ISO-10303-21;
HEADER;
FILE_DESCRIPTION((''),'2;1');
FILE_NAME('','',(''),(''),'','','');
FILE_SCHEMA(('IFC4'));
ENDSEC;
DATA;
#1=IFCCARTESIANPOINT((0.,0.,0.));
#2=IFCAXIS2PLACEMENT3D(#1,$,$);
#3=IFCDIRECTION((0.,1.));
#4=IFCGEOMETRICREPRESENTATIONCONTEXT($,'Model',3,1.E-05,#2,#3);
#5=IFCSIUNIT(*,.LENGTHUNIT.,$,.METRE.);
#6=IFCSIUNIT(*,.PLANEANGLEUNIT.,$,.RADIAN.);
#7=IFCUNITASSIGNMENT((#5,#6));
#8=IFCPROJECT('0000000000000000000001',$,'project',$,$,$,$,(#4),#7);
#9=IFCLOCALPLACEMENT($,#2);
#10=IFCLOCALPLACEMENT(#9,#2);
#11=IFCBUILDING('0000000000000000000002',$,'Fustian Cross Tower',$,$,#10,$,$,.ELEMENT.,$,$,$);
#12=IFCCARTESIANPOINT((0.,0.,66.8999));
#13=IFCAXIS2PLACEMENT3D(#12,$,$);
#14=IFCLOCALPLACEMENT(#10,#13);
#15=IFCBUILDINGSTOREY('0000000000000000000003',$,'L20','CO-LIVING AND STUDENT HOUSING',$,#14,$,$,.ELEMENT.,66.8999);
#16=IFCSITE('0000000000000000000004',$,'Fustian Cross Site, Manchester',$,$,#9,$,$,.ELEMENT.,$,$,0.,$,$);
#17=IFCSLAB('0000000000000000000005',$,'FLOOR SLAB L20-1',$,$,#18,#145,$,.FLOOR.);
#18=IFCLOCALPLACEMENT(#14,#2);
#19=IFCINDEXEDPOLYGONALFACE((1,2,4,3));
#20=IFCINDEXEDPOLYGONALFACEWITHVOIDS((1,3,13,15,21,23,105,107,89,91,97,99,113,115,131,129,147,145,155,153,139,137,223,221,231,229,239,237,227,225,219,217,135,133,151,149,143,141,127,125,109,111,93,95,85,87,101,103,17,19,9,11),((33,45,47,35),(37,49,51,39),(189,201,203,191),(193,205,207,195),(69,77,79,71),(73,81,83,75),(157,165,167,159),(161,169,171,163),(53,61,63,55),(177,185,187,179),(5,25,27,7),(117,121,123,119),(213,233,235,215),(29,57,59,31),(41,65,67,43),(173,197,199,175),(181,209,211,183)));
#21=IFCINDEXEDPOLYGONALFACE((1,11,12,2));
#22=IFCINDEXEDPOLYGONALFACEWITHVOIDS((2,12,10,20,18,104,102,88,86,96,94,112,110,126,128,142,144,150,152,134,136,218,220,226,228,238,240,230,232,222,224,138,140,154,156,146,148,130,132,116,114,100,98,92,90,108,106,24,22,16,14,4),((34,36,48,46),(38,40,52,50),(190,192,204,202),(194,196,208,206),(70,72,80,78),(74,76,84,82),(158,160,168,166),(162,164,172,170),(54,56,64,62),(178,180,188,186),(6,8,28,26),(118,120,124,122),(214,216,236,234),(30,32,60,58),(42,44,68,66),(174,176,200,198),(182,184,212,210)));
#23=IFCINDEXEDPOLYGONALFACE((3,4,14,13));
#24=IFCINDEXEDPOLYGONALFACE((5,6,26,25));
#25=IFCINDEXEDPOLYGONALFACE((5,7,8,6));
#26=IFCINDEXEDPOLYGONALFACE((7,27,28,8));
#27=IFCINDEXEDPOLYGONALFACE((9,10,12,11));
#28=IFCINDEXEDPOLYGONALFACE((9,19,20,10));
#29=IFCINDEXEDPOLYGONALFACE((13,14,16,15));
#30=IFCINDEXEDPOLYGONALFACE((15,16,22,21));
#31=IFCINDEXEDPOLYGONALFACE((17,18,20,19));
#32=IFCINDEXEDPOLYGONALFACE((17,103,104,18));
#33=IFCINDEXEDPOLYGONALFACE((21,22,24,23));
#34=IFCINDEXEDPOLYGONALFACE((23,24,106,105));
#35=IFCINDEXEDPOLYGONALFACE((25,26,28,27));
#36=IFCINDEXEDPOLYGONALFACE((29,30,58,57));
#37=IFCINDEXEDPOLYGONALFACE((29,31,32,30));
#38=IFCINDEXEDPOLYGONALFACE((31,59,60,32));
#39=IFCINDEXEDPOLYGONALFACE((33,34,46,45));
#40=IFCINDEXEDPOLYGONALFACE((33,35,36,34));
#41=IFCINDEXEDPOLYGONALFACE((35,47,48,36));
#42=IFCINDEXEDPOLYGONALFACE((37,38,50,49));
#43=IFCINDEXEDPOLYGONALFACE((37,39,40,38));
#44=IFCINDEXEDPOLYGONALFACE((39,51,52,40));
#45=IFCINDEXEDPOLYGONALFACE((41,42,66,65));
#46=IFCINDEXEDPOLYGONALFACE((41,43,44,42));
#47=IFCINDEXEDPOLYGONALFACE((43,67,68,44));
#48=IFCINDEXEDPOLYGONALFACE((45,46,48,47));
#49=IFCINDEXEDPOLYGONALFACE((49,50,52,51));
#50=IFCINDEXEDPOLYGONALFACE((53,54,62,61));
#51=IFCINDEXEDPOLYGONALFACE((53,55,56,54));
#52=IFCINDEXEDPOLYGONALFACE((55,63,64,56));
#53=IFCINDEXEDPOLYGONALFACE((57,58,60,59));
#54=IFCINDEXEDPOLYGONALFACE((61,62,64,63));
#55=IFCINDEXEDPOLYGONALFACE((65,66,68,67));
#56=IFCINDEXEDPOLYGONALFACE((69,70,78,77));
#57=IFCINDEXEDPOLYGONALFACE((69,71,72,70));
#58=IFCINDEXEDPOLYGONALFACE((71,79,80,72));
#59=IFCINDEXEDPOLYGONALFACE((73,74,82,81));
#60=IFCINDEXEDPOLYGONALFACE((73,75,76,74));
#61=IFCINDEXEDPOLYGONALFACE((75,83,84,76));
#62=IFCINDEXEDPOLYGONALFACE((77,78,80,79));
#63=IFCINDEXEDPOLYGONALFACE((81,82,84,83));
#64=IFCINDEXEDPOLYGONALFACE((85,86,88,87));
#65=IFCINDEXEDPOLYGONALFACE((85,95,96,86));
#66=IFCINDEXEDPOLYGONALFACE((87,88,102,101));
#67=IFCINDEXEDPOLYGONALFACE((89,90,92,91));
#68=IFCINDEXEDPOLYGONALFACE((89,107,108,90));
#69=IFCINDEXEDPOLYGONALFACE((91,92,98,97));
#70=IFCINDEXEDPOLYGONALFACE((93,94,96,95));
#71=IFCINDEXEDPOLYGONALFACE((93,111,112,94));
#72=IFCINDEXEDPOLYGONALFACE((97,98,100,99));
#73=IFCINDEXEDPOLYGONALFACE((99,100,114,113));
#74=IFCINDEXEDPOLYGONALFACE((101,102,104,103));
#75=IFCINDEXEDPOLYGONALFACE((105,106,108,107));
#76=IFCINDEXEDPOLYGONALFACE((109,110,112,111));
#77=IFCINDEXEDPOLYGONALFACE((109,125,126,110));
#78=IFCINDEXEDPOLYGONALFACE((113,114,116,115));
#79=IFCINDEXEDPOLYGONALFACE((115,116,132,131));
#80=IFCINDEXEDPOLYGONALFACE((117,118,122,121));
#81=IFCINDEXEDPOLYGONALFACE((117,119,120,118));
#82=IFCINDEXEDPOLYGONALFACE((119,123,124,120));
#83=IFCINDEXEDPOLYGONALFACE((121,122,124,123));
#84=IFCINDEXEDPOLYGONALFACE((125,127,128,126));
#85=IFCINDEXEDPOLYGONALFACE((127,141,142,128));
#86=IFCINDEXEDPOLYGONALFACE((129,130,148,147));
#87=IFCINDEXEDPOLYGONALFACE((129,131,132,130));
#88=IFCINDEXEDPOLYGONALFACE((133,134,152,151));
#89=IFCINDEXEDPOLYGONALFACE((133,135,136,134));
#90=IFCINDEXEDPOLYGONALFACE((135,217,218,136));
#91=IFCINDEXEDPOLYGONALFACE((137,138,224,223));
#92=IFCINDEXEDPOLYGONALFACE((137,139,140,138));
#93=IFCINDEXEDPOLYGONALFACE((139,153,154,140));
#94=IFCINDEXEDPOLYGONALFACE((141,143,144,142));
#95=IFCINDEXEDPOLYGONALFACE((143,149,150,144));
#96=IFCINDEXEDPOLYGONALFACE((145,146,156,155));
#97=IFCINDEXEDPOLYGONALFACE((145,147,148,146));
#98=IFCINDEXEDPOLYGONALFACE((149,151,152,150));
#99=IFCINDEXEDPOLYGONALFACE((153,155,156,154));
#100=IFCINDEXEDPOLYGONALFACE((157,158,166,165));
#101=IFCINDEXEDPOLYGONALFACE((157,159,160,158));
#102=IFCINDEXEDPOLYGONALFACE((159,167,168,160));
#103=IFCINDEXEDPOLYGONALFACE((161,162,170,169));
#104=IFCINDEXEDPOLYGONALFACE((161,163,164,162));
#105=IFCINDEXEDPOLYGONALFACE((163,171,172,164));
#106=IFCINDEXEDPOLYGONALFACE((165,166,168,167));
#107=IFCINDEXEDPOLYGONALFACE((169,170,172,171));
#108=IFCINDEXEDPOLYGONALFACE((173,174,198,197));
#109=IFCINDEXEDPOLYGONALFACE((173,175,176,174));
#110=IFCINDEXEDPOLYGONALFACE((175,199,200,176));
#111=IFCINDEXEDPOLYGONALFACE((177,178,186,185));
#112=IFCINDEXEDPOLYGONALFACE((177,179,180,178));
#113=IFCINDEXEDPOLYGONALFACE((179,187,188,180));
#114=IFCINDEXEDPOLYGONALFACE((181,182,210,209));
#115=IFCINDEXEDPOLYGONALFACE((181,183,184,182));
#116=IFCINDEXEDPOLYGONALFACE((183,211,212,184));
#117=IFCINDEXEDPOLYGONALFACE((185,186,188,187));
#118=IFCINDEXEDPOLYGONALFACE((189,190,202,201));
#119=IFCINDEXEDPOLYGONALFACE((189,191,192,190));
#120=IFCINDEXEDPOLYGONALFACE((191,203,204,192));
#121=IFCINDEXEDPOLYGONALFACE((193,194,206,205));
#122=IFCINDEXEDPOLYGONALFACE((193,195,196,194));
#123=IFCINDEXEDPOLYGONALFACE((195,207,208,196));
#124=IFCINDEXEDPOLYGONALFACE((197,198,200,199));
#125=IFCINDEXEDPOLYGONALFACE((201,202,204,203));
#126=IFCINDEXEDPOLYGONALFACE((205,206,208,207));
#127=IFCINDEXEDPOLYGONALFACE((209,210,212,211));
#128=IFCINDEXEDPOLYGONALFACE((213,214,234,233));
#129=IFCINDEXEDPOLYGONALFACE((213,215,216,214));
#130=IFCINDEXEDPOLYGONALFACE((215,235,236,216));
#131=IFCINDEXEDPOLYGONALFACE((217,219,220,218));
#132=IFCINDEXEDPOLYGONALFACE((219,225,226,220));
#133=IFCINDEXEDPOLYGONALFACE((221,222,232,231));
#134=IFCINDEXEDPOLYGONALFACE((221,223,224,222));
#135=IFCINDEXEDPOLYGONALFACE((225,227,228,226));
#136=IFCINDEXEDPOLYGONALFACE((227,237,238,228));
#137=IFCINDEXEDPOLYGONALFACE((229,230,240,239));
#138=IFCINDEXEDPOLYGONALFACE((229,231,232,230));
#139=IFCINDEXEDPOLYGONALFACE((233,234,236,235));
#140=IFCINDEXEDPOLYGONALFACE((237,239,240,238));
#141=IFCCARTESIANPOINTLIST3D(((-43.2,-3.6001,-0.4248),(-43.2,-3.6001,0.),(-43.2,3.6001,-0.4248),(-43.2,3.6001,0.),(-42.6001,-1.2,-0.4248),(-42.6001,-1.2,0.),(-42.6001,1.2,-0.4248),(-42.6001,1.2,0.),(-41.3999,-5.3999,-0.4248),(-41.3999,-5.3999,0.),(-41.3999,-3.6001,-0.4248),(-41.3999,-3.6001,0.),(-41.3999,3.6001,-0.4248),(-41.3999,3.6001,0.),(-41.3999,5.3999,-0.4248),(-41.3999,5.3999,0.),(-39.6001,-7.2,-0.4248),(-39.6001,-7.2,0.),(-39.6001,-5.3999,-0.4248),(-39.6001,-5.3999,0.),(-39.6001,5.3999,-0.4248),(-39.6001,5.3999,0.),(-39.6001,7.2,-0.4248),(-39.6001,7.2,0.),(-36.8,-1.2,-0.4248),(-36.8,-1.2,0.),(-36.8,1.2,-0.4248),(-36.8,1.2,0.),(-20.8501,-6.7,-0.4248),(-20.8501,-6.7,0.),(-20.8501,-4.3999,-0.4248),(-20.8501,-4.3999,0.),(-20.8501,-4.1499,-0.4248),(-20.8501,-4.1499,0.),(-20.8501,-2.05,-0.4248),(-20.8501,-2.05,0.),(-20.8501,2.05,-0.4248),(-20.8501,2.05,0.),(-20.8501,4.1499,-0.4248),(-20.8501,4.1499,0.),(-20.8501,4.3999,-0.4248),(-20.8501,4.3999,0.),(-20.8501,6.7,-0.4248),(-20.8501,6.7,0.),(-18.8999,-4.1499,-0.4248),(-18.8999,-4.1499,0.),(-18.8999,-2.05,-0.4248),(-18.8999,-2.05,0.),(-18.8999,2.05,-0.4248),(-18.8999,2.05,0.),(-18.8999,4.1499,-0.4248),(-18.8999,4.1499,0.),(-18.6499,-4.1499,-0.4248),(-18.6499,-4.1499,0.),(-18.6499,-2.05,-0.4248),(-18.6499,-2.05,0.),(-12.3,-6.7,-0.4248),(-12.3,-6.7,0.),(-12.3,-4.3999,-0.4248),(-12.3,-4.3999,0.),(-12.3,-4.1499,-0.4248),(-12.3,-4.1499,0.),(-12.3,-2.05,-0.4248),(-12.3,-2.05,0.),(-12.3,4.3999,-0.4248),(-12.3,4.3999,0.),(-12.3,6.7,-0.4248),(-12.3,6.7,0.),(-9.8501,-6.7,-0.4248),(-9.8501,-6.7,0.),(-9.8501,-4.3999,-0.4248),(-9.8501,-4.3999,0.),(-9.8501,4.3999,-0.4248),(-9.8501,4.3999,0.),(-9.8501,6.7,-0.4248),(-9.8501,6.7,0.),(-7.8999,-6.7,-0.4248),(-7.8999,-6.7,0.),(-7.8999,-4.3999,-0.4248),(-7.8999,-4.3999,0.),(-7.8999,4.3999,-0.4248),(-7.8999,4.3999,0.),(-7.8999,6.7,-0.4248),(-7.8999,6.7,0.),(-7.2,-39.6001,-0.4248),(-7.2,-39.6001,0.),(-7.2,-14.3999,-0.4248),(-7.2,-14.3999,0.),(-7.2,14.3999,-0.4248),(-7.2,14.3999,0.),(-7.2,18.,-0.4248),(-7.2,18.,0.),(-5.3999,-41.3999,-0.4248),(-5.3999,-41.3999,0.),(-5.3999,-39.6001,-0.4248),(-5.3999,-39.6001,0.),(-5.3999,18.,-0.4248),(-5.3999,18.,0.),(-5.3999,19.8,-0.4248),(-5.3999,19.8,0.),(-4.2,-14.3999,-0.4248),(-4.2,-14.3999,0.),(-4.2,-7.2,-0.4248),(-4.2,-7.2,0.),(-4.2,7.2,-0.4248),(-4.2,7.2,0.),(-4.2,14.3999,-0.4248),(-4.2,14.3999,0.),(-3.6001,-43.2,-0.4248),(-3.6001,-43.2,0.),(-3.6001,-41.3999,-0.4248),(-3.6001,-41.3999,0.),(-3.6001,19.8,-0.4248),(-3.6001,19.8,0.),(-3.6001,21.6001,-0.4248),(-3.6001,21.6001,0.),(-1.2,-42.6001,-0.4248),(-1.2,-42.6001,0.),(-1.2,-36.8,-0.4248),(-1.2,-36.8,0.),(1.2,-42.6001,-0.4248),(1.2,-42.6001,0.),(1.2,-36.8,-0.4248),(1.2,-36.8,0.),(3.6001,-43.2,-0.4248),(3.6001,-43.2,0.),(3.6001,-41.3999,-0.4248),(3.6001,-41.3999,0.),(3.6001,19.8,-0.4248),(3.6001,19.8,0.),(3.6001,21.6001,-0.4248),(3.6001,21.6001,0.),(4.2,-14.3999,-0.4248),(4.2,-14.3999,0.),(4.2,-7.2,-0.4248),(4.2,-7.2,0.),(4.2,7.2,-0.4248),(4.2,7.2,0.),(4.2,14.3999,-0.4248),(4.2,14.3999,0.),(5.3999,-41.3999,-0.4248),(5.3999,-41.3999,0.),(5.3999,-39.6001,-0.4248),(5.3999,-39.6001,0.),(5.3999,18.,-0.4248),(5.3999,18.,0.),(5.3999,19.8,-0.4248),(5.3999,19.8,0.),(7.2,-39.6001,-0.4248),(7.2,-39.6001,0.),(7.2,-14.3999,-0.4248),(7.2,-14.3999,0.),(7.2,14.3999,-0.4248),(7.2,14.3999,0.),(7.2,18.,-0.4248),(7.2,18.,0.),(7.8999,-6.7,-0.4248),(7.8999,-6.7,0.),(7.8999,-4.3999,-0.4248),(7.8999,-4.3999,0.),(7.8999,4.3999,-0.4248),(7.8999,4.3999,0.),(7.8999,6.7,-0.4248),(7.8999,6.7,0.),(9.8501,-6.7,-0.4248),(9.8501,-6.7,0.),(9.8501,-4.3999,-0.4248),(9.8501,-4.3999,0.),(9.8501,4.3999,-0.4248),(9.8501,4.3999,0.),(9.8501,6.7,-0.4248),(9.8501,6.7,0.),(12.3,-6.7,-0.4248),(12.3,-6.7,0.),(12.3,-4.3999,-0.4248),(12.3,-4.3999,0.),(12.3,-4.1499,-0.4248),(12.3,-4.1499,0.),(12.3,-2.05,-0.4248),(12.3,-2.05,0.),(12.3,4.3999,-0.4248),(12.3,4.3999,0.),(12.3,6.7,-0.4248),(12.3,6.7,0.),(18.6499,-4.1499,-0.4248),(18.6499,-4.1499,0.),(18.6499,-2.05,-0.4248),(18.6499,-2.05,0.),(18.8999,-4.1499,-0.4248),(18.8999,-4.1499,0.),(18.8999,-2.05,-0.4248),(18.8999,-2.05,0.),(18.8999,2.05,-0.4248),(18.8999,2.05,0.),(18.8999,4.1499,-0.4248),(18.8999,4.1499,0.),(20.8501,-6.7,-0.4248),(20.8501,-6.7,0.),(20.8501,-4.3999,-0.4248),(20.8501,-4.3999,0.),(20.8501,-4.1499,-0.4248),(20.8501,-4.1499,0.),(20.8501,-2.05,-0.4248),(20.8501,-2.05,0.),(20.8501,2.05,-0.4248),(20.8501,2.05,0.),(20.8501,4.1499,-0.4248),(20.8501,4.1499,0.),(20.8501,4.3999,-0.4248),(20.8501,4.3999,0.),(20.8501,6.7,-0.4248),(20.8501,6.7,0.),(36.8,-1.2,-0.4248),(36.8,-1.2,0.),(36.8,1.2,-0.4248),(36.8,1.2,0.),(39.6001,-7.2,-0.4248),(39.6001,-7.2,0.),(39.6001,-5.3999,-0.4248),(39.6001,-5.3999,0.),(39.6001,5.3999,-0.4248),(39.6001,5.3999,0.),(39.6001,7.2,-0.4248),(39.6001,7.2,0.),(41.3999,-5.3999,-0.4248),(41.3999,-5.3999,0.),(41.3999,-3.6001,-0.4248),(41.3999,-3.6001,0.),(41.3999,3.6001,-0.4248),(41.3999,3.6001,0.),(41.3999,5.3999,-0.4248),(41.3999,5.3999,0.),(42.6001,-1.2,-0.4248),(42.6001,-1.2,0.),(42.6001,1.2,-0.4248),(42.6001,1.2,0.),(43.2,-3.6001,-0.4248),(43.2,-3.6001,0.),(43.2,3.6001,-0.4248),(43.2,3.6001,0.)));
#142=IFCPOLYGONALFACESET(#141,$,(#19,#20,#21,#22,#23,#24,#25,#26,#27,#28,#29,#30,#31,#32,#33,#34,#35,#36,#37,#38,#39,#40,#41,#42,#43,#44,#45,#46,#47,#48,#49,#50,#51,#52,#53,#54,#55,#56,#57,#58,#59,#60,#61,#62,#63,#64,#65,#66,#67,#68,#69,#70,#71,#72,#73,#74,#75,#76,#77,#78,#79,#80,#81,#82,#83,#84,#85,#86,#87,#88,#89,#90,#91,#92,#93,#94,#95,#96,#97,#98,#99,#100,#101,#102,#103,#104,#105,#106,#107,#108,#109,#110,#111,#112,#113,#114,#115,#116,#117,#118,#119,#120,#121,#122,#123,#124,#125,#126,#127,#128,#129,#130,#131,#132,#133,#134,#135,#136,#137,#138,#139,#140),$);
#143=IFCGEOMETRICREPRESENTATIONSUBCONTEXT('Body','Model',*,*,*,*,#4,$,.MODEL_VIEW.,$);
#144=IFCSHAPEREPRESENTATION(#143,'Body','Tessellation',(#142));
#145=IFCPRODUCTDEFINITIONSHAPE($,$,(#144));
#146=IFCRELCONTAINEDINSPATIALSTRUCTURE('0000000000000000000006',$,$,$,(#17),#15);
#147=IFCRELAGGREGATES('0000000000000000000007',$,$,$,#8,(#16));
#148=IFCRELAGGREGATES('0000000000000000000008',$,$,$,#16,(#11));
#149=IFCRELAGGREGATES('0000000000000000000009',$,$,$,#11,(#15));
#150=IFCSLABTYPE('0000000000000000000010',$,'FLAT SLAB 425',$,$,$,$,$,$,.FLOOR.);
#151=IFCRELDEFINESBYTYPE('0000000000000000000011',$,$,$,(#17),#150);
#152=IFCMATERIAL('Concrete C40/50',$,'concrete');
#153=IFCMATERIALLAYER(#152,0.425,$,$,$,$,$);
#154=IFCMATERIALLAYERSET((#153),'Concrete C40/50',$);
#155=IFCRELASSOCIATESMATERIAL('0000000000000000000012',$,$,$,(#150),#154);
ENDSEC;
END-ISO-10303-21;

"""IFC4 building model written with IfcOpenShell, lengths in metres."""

from ifc_helpers import new_model, si_unit, direction, frame, origin, place, context, subcontext, project, spatial, polyline, outline, extrude, material, layer, layer_set, type_object, element, save


model = new_model("IFC4")

# Units and contexts
model_context = context("Model", 3, precision=1e-05, world=origin(), true_north=direction((0.0, 1.0)))
body_context = subcontext(model_context, "Body", "Model", "MODEL_VIEW")
ifc_project = project(units=[si_unit("LENGTHUNIT", "METRE"), si_unit("PLANEANGLEUNIT", "RADIAN")], contexts=[model_context])

# Site, building, storey
site_placement = place(None, origin())
site = spatial("IfcSite", under=ifc_project, at=site_placement, Name="Fustian Cross Site, Manchester", CompositionType="ELEMENT", RefElevation=0.0)
building_placement = place(site_placement, origin())
building = spatial("IfcBuilding", under=site, at=building_placement, Name="Fustian Cross Tower", CompositionType="ELEMENT")
storey_placement = place(building_placement, frame((0.0, 0.0, 66.8999)))
storey = spatial("IfcBuildingStorey", under=building, at=storey_placement, Name="L20", Description="CO-LIVING AND STUDENT HOUSING", CompositionType="ELEMENT", Elevation=66.8999)

# Slab
ifc_material_1 = material(Name="Concrete C40/50", Category="concrete")
ifc_layer_1 = layer(ifc_material_1, 0.425)
ifc_layer_set_1 = layer_set([ifc_layer_1], Name="Concrete C40/50")
slab_type_1 = type_object("IfcSlabType", Name="FLAT SLAB 425", PredefinedType="FLOOR", material=ifc_layer_set_1)
slab_1_placement = place(storey_placement, frame((0.0, 0.0, -0.4248)))
element("IfcSlab", 1, at=slab_1_placement, inside=storey, type_object=slab_type_1, Name="FLOOR SLAB L20-1", PredefinedType="FLOOR", context=body_context, shape_type="SweptSolid", body=[
    extrude(outline(polyline([(-4.2, -7.2), (-39.6001, -7.2), (-39.6001, -5.3999), (-41.3999, -5.3999), (-41.3999, -3.6001), (-43.2, -3.6001), (-43.2, 3.6001), (-41.3999, 3.6001), (-41.3999, 5.3999), (-39.6001, 5.3999), (-39.6001, 7.2), (-4.2, 7.2), (-4.2, 14.3999), (-7.2, 14.3999), (-7.2, 18.0), (-5.3999, 18.0), (-5.3999, 19.8), (-3.6001, 19.8), (-3.6001, 21.6001), (3.6001, 21.6001), (3.6001, 19.8), (5.3999, 19.8), (5.3999, 18.0), (7.2, 18.0), (7.2, 14.3999), (4.2, 14.3999), (4.2, 7.2), (39.6001, 7.2), (39.6001, 5.3999), (41.3999, 5.3999), (41.3999, 3.6001), (43.2, 3.6001), (43.2, -3.6001), (41.3999, -3.6001), (41.3999, -5.3999), (39.6001, -5.3999), (39.6001, -7.2), (4.2, -7.2), (4.2, -14.3999), (7.2, -14.3999), (7.2, -39.6001), (5.3999, -39.6001), (5.3999, -41.3999), (3.6001, -41.3999), (3.6001, -43.2), (-3.6001, -43.2), (-3.6001, -41.3999), (-5.3999, -41.3999), (-5.3999, -39.6001), (-7.2, -39.6001), (-7.2, -14.3999), (-4.2, -14.3999), (-4.2, -7.2)]), holes=[polyline([(20.8501, -2.05), (18.8999, -2.05), (18.8999, -4.1499), (20.8501, -4.1499), (20.8501, -2.05)]), polyline([(20.8501, 2.05), (20.8501, 4.1499), (18.8999, 4.1499), (18.8999, 2.05), (20.8501, 2.05)]), polyline([(7.8999, 4.3999), (9.8501, 4.3999), (9.8501, 6.7), (7.8999, 6.7), (7.8999, 4.3999)]), polyline([(7.8999, -4.3999), (7.8999, -6.7), (9.8501, -6.7), (9.8501, -4.3999), (7.8999, -4.3999)]), polyline([(-18.8999, -2.05), (-20.8501, -2.05), (-20.8501, -4.1499), (-18.8999, -4.1499), (-18.8999, -2.05)]), polyline([(-18.8999, 2.05), (-18.8999, 4.1499), (-20.8501, 4.1499), (-20.8501, 2.05), (-18.8999, 2.05)]), polyline([(-9.8501, 4.3999), (-7.8999, 4.3999), (-7.8999, 6.7), (-9.8501, 6.7), (-9.8501, 4.3999)]), polyline([(-9.8501, -4.3999), (-9.8501, -6.7), (-7.8999, -6.7), (-7.8999, -4.3999), (-9.8501, -4.3999)]), polyline([(18.6499, -2.05), (12.3, -2.05), (12.3, -4.1499), (18.6499, -4.1499), (18.6499, -2.05)]), polyline([(-12.3, -4.1499), (-12.3, -2.05), (-18.6499, -2.05), (-18.6499, -4.1499), (-12.3, -4.1499)]), polyline([(12.3, 4.3999), (20.8501, 4.3999), (20.8501, 6.7), (12.3, 6.7), (12.3, 4.3999)]), polyline([(12.3, -4.3999), (12.3, -6.7), (20.8501, -6.7), (20.8501, -4.3999), (12.3, -4.3999)]), polyline([(-12.3, 6.7), (-20.8501, 6.7), (-20.8501, 4.3999), (-12.3, 4.3999), (-12.3, 6.7)]), polyline([(-12.3, -6.7), (-12.3, -4.3999), (-20.8501, -4.3999), (-20.8501, -6.7), (-12.3, -6.7)]), polyline([(-1.2, -42.6001), (1.2, -42.6001), (1.2, -36.8), (-1.2, -36.8), (-1.2, -42.6001)]), polyline([(36.8, 1.2), (36.8, -1.2), (42.6001, -1.2), (42.6001, 1.2), (36.8, 1.2)]), polyline([(-36.8, 1.2), (-42.6001, 1.2), (-42.6001, -1.2), (-36.8, -1.2), (-36.8, 1.2)])]), origin(), (0.0, 0.0, 1.0), 0.4248),
])

save(model, "model.ifc")
